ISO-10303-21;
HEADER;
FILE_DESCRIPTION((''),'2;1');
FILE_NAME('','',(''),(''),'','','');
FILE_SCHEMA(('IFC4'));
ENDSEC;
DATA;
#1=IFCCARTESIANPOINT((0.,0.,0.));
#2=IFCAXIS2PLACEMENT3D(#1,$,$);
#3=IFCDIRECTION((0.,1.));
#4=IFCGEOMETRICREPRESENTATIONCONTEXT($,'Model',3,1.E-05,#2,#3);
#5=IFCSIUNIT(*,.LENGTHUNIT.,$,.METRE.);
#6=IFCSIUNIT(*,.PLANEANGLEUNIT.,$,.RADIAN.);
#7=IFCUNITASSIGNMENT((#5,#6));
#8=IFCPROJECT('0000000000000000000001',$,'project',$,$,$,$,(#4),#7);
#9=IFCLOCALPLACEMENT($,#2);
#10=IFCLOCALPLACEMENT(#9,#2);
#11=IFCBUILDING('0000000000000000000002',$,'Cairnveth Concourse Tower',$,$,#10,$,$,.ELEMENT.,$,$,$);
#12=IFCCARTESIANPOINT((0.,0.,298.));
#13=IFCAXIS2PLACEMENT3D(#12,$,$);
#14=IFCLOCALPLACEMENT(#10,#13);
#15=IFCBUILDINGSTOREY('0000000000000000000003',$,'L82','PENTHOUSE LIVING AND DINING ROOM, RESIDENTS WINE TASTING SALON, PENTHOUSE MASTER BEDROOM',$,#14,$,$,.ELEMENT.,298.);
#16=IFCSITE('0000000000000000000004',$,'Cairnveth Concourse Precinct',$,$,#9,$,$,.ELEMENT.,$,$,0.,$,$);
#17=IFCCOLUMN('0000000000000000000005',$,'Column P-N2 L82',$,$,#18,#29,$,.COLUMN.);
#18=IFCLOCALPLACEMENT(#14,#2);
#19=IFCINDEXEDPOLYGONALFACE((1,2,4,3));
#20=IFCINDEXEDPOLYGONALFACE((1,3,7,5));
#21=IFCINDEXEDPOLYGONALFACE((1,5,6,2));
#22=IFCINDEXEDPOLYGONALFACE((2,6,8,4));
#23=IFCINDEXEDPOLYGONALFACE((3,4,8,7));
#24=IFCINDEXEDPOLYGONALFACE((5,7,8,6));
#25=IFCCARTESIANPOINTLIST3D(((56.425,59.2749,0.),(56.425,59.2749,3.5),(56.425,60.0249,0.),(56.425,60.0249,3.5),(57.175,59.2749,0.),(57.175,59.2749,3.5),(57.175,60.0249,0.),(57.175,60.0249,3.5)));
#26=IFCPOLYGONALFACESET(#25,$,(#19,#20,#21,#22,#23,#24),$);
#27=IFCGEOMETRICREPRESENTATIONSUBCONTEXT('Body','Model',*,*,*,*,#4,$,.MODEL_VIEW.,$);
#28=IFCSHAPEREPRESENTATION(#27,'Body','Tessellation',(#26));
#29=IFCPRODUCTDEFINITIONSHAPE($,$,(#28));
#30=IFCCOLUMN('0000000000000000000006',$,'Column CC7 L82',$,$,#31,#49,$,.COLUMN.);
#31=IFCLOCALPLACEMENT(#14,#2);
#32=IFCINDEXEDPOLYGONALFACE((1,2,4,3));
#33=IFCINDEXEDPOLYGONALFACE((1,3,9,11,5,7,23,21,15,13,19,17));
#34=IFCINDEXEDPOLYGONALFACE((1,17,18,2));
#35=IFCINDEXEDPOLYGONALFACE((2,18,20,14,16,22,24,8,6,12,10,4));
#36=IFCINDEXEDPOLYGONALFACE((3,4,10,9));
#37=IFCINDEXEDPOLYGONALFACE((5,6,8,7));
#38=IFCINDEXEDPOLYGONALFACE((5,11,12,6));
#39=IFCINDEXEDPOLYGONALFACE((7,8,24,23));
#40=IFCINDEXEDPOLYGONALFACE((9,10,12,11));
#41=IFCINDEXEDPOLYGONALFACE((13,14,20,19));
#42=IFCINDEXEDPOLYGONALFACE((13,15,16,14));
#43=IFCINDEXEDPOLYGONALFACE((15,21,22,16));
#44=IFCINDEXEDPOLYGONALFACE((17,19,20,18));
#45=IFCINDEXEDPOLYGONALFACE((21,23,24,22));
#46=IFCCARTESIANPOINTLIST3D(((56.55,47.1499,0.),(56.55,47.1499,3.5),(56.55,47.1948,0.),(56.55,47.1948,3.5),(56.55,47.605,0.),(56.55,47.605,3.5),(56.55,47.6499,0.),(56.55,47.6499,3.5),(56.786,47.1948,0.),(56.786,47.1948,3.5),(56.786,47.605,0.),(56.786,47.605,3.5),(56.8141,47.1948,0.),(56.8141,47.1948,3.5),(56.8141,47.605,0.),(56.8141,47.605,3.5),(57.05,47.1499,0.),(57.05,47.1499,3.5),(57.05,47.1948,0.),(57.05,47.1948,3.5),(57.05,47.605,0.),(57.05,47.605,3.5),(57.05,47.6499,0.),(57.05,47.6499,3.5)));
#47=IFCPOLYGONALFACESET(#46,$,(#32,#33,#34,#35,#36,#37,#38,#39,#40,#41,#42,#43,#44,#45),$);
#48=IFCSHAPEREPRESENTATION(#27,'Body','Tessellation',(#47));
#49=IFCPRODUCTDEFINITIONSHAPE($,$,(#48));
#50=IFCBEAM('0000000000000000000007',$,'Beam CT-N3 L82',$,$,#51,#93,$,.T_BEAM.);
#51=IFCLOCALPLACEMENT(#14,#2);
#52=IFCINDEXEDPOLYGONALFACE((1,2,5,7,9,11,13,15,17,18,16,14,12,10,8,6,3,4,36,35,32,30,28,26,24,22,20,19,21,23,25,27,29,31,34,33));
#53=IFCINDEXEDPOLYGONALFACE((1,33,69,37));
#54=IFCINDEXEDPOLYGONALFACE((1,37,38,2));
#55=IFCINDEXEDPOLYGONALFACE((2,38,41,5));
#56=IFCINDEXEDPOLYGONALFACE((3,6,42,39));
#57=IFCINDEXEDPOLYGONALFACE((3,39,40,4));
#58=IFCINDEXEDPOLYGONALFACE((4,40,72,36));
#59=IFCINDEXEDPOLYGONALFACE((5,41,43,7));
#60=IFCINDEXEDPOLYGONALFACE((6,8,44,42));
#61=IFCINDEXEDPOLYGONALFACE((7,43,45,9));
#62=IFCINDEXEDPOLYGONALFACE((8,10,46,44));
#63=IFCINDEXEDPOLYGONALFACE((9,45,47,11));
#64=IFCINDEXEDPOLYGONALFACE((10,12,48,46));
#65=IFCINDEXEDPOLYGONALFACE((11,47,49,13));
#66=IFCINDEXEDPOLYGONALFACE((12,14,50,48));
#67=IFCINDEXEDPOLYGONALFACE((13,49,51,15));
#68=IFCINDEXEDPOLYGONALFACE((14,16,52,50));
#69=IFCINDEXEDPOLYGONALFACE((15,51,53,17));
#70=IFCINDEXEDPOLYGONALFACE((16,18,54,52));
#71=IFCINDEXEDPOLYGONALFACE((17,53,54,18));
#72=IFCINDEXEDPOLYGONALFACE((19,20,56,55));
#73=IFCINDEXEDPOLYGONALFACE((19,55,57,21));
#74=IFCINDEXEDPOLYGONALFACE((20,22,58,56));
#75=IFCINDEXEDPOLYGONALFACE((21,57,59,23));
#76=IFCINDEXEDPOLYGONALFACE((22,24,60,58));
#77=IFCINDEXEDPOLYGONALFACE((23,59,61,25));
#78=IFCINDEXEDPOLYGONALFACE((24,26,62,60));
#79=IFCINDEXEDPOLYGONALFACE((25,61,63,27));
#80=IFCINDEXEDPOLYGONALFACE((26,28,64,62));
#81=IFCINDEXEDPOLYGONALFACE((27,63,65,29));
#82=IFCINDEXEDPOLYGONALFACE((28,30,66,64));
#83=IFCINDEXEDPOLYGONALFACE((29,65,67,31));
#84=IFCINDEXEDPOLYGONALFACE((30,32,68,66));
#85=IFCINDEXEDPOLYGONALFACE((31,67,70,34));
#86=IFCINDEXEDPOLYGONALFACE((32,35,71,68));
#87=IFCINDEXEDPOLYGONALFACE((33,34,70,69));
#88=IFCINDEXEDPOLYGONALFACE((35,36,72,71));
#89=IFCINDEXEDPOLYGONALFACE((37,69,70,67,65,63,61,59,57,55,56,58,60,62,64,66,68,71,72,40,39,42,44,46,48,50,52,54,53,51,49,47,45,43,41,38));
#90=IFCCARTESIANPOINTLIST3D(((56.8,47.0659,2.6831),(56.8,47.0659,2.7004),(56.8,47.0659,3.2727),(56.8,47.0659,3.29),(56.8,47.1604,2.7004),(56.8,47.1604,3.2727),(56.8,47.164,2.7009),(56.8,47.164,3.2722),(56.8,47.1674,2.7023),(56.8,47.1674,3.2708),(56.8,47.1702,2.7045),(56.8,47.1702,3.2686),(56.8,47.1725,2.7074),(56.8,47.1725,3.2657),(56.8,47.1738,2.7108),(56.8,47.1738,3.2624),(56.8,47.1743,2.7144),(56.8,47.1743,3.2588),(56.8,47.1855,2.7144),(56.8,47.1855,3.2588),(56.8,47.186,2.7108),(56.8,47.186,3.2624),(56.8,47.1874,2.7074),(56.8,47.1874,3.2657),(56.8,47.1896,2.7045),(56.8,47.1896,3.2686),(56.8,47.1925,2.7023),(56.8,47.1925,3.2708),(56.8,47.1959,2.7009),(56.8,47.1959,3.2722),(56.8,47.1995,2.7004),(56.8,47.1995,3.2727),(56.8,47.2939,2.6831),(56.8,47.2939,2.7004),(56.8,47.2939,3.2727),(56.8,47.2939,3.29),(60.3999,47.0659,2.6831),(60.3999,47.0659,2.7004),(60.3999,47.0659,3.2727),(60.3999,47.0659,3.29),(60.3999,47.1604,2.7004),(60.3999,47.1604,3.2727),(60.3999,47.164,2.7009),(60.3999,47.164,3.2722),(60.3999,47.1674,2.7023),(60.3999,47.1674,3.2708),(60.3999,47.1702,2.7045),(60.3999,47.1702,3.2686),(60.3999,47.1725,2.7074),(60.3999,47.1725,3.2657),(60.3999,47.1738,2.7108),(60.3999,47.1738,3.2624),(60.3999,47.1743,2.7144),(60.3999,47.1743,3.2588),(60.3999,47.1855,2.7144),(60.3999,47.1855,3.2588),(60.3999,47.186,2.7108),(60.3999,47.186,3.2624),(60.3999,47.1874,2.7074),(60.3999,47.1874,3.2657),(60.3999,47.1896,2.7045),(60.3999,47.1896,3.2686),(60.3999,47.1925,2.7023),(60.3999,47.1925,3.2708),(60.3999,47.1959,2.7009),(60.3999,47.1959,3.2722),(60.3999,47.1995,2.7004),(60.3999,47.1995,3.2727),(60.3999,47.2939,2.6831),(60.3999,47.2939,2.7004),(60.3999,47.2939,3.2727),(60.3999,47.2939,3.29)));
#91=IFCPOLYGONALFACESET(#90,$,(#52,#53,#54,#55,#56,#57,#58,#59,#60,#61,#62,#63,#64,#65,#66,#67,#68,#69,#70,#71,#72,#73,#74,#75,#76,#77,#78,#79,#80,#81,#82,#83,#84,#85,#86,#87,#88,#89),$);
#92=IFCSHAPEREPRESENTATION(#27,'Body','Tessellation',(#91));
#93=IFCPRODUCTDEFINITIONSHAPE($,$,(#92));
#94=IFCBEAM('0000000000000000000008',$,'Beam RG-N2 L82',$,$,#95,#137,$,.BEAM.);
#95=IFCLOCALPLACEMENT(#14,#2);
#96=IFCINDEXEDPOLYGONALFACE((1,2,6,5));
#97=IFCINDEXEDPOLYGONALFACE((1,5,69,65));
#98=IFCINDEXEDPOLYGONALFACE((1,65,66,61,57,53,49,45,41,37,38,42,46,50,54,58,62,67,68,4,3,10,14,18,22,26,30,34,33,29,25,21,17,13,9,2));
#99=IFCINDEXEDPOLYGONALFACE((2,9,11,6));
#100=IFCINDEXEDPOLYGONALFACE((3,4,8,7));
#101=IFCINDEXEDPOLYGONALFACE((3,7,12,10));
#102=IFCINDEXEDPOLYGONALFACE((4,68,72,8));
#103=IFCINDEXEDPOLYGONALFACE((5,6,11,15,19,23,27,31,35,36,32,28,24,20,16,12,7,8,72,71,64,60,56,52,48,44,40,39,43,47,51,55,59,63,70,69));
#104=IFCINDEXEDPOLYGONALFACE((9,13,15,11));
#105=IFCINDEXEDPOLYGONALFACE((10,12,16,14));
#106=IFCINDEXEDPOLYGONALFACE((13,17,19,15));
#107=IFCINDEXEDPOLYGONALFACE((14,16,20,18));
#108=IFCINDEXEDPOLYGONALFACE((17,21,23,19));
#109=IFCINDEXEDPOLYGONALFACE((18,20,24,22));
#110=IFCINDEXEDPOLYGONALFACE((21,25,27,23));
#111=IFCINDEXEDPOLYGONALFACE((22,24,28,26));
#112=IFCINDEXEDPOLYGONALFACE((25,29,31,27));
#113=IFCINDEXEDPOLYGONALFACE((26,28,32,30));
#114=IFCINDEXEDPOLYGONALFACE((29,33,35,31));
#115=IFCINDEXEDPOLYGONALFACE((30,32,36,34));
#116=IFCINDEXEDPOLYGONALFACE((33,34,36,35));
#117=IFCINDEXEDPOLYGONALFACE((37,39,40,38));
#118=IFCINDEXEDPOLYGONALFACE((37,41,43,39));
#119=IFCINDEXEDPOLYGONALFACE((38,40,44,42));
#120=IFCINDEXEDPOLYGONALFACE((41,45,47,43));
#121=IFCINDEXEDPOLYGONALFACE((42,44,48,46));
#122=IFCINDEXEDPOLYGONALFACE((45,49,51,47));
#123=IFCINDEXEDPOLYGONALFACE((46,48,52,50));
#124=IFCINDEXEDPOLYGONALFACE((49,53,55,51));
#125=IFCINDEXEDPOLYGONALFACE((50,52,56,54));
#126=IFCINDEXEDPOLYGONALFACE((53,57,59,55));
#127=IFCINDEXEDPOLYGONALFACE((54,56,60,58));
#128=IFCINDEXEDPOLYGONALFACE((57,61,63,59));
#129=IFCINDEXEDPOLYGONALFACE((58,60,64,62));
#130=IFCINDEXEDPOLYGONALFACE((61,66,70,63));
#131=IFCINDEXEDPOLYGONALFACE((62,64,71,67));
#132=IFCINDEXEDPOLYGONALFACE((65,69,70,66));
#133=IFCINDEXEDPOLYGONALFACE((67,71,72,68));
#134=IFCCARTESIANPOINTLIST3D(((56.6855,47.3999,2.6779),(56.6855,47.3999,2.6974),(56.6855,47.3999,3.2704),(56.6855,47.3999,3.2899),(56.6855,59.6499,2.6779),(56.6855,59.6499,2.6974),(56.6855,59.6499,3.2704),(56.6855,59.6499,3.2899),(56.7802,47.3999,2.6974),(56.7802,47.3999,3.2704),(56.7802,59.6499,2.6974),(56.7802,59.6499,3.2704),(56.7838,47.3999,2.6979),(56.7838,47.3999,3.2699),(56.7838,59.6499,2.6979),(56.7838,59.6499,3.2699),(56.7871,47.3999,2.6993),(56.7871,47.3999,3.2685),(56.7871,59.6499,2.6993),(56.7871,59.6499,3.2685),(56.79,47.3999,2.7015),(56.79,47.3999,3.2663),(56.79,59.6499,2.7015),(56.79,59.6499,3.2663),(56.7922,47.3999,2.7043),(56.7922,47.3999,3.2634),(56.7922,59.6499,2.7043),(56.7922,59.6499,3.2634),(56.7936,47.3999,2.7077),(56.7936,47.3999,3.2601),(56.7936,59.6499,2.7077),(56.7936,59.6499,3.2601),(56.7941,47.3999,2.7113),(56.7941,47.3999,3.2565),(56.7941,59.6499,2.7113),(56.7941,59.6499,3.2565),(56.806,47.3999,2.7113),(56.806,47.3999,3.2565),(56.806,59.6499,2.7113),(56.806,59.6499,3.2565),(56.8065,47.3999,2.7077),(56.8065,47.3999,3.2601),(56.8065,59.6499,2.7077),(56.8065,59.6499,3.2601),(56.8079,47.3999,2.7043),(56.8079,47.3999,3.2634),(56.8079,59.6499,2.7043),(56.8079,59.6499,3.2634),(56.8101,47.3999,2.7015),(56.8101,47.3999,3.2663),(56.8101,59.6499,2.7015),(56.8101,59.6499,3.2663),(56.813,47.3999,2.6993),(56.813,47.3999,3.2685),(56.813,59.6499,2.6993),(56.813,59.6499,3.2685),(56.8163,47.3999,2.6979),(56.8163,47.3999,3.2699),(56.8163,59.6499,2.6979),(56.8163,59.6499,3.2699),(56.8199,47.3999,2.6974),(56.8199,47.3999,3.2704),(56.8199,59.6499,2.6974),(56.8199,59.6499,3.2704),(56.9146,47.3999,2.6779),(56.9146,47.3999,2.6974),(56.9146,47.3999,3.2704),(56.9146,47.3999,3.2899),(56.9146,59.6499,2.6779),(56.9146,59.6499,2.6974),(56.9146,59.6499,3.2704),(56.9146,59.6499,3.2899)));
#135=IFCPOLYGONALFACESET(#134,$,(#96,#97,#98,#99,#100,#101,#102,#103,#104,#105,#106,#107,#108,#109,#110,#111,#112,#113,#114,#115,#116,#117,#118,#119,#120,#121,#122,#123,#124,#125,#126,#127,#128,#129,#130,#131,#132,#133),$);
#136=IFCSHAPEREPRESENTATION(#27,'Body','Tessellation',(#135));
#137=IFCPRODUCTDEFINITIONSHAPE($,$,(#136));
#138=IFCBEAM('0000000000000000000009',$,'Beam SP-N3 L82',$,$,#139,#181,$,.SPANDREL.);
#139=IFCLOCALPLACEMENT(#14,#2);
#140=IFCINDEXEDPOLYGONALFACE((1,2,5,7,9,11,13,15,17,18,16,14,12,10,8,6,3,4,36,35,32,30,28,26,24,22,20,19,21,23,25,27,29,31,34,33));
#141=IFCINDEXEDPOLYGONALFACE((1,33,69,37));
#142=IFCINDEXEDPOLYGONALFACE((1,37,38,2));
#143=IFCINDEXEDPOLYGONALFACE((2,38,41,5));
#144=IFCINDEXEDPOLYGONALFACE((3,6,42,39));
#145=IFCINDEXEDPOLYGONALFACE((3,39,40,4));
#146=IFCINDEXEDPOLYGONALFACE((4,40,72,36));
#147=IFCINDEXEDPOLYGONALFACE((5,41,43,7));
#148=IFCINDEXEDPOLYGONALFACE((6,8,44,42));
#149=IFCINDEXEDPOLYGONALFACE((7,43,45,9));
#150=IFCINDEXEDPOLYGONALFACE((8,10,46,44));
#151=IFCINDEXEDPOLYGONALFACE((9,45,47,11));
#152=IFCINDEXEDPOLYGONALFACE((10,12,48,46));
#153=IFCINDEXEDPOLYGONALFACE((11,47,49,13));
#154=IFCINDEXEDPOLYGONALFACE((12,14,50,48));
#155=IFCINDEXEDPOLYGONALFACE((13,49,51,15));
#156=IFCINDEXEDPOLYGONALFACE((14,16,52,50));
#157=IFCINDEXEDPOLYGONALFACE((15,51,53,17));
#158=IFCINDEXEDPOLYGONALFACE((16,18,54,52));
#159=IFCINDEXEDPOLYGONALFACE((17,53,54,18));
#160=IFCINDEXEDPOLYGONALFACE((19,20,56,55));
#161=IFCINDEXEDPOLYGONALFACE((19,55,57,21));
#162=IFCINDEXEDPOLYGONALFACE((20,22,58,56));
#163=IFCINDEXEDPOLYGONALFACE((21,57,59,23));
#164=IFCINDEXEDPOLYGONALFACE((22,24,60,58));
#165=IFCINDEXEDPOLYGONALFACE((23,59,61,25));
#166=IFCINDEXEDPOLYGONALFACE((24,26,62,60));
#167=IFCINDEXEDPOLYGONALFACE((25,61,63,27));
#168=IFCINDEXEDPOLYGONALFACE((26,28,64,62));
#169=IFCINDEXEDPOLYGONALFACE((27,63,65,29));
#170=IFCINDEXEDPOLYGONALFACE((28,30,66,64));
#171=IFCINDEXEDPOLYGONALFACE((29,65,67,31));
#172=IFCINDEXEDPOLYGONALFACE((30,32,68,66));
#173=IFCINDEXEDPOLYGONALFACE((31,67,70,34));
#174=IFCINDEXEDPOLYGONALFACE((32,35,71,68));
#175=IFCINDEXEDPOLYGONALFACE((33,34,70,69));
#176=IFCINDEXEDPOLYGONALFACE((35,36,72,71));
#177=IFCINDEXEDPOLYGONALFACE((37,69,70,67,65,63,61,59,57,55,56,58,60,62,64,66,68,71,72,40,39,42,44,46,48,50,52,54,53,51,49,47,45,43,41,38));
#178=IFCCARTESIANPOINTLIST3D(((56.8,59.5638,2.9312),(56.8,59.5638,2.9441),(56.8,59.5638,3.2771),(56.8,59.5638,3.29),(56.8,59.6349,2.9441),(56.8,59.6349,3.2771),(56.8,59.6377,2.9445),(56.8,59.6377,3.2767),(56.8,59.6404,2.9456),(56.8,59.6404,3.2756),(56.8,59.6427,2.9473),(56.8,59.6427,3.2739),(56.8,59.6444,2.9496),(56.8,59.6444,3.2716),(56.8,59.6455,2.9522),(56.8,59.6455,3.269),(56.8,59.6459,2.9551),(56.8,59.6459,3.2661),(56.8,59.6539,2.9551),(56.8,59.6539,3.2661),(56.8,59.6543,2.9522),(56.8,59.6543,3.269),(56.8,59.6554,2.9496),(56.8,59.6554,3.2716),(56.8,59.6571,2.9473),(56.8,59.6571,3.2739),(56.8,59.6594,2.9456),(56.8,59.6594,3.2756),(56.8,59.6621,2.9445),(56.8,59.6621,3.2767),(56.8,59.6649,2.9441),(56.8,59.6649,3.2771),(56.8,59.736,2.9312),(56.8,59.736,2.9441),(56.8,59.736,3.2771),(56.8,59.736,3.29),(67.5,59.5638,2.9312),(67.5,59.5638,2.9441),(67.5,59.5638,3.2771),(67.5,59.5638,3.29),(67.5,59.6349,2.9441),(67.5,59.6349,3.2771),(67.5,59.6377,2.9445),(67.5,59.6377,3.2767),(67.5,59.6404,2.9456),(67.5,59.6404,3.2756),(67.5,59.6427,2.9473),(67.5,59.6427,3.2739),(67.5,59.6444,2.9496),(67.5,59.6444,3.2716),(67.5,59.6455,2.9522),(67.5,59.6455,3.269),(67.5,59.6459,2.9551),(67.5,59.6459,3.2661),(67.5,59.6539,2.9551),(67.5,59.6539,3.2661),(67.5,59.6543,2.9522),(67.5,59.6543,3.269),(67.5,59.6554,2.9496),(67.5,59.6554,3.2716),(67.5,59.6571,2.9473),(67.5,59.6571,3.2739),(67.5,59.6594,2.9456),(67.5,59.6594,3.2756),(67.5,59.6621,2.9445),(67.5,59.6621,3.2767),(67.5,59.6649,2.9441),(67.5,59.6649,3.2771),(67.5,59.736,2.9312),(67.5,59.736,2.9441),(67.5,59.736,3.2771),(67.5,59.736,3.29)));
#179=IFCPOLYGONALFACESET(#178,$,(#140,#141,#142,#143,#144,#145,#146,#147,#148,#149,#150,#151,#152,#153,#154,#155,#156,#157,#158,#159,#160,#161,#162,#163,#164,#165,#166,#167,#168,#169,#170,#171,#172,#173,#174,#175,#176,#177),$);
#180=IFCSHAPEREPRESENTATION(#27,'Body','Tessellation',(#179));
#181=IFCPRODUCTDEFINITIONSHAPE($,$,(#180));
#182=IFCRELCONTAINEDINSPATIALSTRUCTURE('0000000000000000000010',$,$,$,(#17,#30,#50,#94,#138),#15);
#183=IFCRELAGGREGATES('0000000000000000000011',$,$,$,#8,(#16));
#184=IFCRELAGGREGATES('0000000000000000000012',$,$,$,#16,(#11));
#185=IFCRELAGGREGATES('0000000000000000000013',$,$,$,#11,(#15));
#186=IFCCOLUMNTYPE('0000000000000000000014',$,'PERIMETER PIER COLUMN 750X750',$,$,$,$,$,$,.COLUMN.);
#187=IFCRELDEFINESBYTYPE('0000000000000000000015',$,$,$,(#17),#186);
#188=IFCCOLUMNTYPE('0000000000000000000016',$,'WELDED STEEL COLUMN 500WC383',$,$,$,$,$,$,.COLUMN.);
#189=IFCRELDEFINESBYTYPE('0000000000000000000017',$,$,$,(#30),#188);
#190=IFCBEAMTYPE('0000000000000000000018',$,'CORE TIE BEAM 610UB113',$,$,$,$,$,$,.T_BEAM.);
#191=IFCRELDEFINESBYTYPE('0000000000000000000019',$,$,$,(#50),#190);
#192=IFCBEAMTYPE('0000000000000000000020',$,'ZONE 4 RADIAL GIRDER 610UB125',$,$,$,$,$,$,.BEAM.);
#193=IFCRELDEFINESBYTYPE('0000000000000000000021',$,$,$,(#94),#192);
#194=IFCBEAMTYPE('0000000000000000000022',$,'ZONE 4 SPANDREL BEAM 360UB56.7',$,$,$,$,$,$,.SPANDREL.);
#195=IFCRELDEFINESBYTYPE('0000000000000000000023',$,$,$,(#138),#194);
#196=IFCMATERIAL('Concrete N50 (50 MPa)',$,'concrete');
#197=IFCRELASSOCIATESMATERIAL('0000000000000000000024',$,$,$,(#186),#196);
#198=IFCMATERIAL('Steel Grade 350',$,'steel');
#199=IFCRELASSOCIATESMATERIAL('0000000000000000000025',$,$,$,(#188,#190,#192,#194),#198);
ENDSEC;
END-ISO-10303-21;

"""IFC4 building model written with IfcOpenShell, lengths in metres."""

from ifc_helpers import new_model, si_unit, direction, frame, origin, origin_2d, place, context, subcontext, project, spatial, rectangle, i_section, extrude, material, material_profile, profile_set, type_object, element, save


model = new_model("IFC4")

# Units and contexts
model_context = context("Model", 3, precision=1e-05, world=origin(), true_north=direction((0.0, 1.0)))
body_context = subcontext(model_context, "Body", "Model", "MODEL_VIEW")
ifc_project = project(units=[si_unit("LENGTHUNIT", "METRE"), si_unit("PLANEANGLEUNIT", "RADIAN")], contexts=[model_context])

# Site, building, storey
site_placement = place(None, origin())
site = spatial("IfcSite", under=ifc_project, at=site_placement, Name="Cairnveth Concourse Precinct", CompositionType="ELEMENT", RefElevation=0.0)
building_placement = place(site_placement, origin())
building = spatial("IfcBuilding", under=site, at=building_placement, Name="Cairnveth Concourse Tower", CompositionType="ELEMENT")
storey_placement = place(building_placement, frame((0.0, 0.0, 298.0)))
storey = spatial("IfcBuildingStorey", under=building, at=storey_placement, Name="L82", Description="PENTHOUSE LIVING AND DINING ROOM, RESIDENTS WINE TASTING SALON, PENTHOUSE MASTER BEDROOM", CompositionType="ELEMENT", Elevation=298.0)

# Columns
ifc_material_1 = material(Name="Concrete N50 (50 MPa)", Category="concrete")
ifc_material_profile_1 = material_profile(ifc_material_1, rectangle(XDim=0.75, YDim=0.75, at=origin_2d()), Name="RC-COL-750x750")
ifc_profile_set_1 = profile_set([ifc_material_profile_1], Name="Concrete N50 (50 MPa)")
column_type_1 = type_object("IfcColumnType", Name="PERIMETER PIER COLUMN 750X750", PredefinedType="COLUMN", material=ifc_profile_set_1)
column_1_placement = place(storey_placement, frame((56.8, 59.6499, 0.0), z_axis=(0.0, 0.0, 1.0), x_axis=(1.0, 0.0, 0.0)))
element("IfcColumn", 1, at=column_1_placement, inside=storey, type_object=column_type_1, Name="Column P-N2 L82", PredefinedType="COLUMN", context=body_context, shape_type="SweptSolid", body=[
    extrude(rectangle(XDim=0.75, YDim=0.75, at=origin_2d()), origin(), (0.0, 0.0, 1.0), 3.5),
])
ifc_material_2 = material(Name="Steel Grade 350", Category="steel")
ifc_material_profile_2 = material_profile(ifc_material_2, i_section(OverallWidth=0.5, OverallDepth=0.5, WebThickness=0.0281, FlangeThickness=0.0449, at=origin_2d()), Name="500WC383")
ifc_profile_set_2 = profile_set([ifc_material_profile_2], Name="Steel Grade 350")
column_type_2 = type_object("IfcColumnType", Name="WELDED STEEL COLUMN 500WC383", PredefinedType="COLUMN", material=ifc_profile_set_2)
column_2_placement = place(storey_placement, frame((56.8, 47.3999, 0.0), z_axis=(0.0, 0.0, 1.0), x_axis=(1.0, 0.0, 0.0)))
element("IfcColumn", 2, at=column_2_placement, inside=storey, type_object=column_type_2, Name="Column CC7 L82", PredefinedType="COLUMN", context=body_context, shape_type="SweptSolid", body=[
    extrude(i_section(OverallWidth=0.5, OverallDepth=0.5, WebThickness=0.0281, FlangeThickness=0.0449, at=origin_2d()), origin(), (0.0, 0.0, 1.0), 3.5),
])

# Beams
ifc_material_profile_3 = material_profile(ifc_material_2, i_section(OverallWidth=0.228, OverallDepth=0.6069, WebThickness=0.0112, FlangeThickness=0.0173, FilletRadius=0.0139, at=origin_2d()), Name="610UB113")
ifc_profile_set_3 = profile_set([ifc_material_profile_3], Name="Steel Grade 350")
beam_type_1 = type_object("IfcBeamType", Name="CORE TIE BEAM 610UB113", PredefinedType="T_BEAM", material=ifc_profile_set_3)
beam_1_placement = place(storey_placement, frame((56.8, 47.1799, 2.9866), z_axis=(1.0, 0.0, 0.0), x_axis=(0.0, 1.0, 0.0)))
element("IfcBeam", 3, at=beam_1_placement, inside=storey, type_object=beam_type_1, Name="Beam CT-N3 L82", PredefinedType="T_BEAM", context=body_context, shape_type="SweptSolid", body=[
    extrude(i_section(OverallWidth=0.228, OverallDepth=0.6069, WebThickness=0.0112, FlangeThickness=0.0173, FilletRadius=0.0139, at=origin_2d()), origin(), (0.0, 0.0, 1.0), 3.5999),
])
ifc_material_profile_4 = material_profile(ifc_material_2, i_section(OverallWidth=0.229, OverallDepth=0.6121, WebThickness=0.012, FlangeThickness=0.0195, FilletRadius=0.0139, at=origin_2d()), Name="610UB125")
ifc_profile_set_4 = profile_set([ifc_material_profile_4], Name="Steel Grade 350")
beam_type_2 = type_object("IfcBeamType", Name="ZONE 4 RADIAL GIRDER 610UB125", PredefinedType="BEAM", material=ifc_profile_set_4)
beam_2_placement = place(storey_placement, frame((56.8, 47.3999, 2.9839), z_axis=(0.0, 1.0, 0.0), x_axis=(-1.0, 0.0, 0.0)))
element("IfcBeam", 4, at=beam_2_placement, inside=storey, type_object=beam_type_2, Name="Beam RG-N2 L82", PredefinedType="BEAM", context=body_context, shape_type="SweptSolid", body=[
    extrude(i_section(OverallWidth=0.229, OverallDepth=0.6121, WebThickness=0.012, FlangeThickness=0.0195, FilletRadius=0.0139, at=origin_2d()), origin(), (0.0, 0.0, 1.0), 12.25),
])
ifc_material_profile_5 = material_profile(ifc_material_2, i_section(OverallWidth=0.1721, OverallDepth=0.3589, WebThickness=0.0081, FlangeThickness=0.0129, FilletRadius=0.011, at=origin_2d()), Name="360UB56.7")
ifc_profile_set_5 = profile_set([ifc_material_profile_5], Name="Steel Grade 350")
beam_type_3 = type_object("IfcBeamType", Name="ZONE 4 SPANDREL BEAM 360UB56.7", PredefinedType="SPANDREL", material=ifc_profile_set_5)
beam_3_placement = place(storey_placement, frame((56.8, 59.6499, 3.1106), z_axis=(1.0, 0.0, 0.0), x_axis=(0.0, 1.0, 0.0)))
element("IfcBeam", 5, at=beam_3_placement, inside=storey, type_object=beam_type_3, Name="Beam SP-N3 L82", PredefinedType="SPANDREL", context=body_context, shape_type="SweptSolid", body=[
    extrude(i_section(OverallWidth=0.1721, OverallDepth=0.3589, WebThickness=0.0081, FlangeThickness=0.0129, FilletRadius=0.011, at=origin_2d()), origin(), (0.0, 0.0, 1.0), 10.7),
])

save(model, "model.ifc")
